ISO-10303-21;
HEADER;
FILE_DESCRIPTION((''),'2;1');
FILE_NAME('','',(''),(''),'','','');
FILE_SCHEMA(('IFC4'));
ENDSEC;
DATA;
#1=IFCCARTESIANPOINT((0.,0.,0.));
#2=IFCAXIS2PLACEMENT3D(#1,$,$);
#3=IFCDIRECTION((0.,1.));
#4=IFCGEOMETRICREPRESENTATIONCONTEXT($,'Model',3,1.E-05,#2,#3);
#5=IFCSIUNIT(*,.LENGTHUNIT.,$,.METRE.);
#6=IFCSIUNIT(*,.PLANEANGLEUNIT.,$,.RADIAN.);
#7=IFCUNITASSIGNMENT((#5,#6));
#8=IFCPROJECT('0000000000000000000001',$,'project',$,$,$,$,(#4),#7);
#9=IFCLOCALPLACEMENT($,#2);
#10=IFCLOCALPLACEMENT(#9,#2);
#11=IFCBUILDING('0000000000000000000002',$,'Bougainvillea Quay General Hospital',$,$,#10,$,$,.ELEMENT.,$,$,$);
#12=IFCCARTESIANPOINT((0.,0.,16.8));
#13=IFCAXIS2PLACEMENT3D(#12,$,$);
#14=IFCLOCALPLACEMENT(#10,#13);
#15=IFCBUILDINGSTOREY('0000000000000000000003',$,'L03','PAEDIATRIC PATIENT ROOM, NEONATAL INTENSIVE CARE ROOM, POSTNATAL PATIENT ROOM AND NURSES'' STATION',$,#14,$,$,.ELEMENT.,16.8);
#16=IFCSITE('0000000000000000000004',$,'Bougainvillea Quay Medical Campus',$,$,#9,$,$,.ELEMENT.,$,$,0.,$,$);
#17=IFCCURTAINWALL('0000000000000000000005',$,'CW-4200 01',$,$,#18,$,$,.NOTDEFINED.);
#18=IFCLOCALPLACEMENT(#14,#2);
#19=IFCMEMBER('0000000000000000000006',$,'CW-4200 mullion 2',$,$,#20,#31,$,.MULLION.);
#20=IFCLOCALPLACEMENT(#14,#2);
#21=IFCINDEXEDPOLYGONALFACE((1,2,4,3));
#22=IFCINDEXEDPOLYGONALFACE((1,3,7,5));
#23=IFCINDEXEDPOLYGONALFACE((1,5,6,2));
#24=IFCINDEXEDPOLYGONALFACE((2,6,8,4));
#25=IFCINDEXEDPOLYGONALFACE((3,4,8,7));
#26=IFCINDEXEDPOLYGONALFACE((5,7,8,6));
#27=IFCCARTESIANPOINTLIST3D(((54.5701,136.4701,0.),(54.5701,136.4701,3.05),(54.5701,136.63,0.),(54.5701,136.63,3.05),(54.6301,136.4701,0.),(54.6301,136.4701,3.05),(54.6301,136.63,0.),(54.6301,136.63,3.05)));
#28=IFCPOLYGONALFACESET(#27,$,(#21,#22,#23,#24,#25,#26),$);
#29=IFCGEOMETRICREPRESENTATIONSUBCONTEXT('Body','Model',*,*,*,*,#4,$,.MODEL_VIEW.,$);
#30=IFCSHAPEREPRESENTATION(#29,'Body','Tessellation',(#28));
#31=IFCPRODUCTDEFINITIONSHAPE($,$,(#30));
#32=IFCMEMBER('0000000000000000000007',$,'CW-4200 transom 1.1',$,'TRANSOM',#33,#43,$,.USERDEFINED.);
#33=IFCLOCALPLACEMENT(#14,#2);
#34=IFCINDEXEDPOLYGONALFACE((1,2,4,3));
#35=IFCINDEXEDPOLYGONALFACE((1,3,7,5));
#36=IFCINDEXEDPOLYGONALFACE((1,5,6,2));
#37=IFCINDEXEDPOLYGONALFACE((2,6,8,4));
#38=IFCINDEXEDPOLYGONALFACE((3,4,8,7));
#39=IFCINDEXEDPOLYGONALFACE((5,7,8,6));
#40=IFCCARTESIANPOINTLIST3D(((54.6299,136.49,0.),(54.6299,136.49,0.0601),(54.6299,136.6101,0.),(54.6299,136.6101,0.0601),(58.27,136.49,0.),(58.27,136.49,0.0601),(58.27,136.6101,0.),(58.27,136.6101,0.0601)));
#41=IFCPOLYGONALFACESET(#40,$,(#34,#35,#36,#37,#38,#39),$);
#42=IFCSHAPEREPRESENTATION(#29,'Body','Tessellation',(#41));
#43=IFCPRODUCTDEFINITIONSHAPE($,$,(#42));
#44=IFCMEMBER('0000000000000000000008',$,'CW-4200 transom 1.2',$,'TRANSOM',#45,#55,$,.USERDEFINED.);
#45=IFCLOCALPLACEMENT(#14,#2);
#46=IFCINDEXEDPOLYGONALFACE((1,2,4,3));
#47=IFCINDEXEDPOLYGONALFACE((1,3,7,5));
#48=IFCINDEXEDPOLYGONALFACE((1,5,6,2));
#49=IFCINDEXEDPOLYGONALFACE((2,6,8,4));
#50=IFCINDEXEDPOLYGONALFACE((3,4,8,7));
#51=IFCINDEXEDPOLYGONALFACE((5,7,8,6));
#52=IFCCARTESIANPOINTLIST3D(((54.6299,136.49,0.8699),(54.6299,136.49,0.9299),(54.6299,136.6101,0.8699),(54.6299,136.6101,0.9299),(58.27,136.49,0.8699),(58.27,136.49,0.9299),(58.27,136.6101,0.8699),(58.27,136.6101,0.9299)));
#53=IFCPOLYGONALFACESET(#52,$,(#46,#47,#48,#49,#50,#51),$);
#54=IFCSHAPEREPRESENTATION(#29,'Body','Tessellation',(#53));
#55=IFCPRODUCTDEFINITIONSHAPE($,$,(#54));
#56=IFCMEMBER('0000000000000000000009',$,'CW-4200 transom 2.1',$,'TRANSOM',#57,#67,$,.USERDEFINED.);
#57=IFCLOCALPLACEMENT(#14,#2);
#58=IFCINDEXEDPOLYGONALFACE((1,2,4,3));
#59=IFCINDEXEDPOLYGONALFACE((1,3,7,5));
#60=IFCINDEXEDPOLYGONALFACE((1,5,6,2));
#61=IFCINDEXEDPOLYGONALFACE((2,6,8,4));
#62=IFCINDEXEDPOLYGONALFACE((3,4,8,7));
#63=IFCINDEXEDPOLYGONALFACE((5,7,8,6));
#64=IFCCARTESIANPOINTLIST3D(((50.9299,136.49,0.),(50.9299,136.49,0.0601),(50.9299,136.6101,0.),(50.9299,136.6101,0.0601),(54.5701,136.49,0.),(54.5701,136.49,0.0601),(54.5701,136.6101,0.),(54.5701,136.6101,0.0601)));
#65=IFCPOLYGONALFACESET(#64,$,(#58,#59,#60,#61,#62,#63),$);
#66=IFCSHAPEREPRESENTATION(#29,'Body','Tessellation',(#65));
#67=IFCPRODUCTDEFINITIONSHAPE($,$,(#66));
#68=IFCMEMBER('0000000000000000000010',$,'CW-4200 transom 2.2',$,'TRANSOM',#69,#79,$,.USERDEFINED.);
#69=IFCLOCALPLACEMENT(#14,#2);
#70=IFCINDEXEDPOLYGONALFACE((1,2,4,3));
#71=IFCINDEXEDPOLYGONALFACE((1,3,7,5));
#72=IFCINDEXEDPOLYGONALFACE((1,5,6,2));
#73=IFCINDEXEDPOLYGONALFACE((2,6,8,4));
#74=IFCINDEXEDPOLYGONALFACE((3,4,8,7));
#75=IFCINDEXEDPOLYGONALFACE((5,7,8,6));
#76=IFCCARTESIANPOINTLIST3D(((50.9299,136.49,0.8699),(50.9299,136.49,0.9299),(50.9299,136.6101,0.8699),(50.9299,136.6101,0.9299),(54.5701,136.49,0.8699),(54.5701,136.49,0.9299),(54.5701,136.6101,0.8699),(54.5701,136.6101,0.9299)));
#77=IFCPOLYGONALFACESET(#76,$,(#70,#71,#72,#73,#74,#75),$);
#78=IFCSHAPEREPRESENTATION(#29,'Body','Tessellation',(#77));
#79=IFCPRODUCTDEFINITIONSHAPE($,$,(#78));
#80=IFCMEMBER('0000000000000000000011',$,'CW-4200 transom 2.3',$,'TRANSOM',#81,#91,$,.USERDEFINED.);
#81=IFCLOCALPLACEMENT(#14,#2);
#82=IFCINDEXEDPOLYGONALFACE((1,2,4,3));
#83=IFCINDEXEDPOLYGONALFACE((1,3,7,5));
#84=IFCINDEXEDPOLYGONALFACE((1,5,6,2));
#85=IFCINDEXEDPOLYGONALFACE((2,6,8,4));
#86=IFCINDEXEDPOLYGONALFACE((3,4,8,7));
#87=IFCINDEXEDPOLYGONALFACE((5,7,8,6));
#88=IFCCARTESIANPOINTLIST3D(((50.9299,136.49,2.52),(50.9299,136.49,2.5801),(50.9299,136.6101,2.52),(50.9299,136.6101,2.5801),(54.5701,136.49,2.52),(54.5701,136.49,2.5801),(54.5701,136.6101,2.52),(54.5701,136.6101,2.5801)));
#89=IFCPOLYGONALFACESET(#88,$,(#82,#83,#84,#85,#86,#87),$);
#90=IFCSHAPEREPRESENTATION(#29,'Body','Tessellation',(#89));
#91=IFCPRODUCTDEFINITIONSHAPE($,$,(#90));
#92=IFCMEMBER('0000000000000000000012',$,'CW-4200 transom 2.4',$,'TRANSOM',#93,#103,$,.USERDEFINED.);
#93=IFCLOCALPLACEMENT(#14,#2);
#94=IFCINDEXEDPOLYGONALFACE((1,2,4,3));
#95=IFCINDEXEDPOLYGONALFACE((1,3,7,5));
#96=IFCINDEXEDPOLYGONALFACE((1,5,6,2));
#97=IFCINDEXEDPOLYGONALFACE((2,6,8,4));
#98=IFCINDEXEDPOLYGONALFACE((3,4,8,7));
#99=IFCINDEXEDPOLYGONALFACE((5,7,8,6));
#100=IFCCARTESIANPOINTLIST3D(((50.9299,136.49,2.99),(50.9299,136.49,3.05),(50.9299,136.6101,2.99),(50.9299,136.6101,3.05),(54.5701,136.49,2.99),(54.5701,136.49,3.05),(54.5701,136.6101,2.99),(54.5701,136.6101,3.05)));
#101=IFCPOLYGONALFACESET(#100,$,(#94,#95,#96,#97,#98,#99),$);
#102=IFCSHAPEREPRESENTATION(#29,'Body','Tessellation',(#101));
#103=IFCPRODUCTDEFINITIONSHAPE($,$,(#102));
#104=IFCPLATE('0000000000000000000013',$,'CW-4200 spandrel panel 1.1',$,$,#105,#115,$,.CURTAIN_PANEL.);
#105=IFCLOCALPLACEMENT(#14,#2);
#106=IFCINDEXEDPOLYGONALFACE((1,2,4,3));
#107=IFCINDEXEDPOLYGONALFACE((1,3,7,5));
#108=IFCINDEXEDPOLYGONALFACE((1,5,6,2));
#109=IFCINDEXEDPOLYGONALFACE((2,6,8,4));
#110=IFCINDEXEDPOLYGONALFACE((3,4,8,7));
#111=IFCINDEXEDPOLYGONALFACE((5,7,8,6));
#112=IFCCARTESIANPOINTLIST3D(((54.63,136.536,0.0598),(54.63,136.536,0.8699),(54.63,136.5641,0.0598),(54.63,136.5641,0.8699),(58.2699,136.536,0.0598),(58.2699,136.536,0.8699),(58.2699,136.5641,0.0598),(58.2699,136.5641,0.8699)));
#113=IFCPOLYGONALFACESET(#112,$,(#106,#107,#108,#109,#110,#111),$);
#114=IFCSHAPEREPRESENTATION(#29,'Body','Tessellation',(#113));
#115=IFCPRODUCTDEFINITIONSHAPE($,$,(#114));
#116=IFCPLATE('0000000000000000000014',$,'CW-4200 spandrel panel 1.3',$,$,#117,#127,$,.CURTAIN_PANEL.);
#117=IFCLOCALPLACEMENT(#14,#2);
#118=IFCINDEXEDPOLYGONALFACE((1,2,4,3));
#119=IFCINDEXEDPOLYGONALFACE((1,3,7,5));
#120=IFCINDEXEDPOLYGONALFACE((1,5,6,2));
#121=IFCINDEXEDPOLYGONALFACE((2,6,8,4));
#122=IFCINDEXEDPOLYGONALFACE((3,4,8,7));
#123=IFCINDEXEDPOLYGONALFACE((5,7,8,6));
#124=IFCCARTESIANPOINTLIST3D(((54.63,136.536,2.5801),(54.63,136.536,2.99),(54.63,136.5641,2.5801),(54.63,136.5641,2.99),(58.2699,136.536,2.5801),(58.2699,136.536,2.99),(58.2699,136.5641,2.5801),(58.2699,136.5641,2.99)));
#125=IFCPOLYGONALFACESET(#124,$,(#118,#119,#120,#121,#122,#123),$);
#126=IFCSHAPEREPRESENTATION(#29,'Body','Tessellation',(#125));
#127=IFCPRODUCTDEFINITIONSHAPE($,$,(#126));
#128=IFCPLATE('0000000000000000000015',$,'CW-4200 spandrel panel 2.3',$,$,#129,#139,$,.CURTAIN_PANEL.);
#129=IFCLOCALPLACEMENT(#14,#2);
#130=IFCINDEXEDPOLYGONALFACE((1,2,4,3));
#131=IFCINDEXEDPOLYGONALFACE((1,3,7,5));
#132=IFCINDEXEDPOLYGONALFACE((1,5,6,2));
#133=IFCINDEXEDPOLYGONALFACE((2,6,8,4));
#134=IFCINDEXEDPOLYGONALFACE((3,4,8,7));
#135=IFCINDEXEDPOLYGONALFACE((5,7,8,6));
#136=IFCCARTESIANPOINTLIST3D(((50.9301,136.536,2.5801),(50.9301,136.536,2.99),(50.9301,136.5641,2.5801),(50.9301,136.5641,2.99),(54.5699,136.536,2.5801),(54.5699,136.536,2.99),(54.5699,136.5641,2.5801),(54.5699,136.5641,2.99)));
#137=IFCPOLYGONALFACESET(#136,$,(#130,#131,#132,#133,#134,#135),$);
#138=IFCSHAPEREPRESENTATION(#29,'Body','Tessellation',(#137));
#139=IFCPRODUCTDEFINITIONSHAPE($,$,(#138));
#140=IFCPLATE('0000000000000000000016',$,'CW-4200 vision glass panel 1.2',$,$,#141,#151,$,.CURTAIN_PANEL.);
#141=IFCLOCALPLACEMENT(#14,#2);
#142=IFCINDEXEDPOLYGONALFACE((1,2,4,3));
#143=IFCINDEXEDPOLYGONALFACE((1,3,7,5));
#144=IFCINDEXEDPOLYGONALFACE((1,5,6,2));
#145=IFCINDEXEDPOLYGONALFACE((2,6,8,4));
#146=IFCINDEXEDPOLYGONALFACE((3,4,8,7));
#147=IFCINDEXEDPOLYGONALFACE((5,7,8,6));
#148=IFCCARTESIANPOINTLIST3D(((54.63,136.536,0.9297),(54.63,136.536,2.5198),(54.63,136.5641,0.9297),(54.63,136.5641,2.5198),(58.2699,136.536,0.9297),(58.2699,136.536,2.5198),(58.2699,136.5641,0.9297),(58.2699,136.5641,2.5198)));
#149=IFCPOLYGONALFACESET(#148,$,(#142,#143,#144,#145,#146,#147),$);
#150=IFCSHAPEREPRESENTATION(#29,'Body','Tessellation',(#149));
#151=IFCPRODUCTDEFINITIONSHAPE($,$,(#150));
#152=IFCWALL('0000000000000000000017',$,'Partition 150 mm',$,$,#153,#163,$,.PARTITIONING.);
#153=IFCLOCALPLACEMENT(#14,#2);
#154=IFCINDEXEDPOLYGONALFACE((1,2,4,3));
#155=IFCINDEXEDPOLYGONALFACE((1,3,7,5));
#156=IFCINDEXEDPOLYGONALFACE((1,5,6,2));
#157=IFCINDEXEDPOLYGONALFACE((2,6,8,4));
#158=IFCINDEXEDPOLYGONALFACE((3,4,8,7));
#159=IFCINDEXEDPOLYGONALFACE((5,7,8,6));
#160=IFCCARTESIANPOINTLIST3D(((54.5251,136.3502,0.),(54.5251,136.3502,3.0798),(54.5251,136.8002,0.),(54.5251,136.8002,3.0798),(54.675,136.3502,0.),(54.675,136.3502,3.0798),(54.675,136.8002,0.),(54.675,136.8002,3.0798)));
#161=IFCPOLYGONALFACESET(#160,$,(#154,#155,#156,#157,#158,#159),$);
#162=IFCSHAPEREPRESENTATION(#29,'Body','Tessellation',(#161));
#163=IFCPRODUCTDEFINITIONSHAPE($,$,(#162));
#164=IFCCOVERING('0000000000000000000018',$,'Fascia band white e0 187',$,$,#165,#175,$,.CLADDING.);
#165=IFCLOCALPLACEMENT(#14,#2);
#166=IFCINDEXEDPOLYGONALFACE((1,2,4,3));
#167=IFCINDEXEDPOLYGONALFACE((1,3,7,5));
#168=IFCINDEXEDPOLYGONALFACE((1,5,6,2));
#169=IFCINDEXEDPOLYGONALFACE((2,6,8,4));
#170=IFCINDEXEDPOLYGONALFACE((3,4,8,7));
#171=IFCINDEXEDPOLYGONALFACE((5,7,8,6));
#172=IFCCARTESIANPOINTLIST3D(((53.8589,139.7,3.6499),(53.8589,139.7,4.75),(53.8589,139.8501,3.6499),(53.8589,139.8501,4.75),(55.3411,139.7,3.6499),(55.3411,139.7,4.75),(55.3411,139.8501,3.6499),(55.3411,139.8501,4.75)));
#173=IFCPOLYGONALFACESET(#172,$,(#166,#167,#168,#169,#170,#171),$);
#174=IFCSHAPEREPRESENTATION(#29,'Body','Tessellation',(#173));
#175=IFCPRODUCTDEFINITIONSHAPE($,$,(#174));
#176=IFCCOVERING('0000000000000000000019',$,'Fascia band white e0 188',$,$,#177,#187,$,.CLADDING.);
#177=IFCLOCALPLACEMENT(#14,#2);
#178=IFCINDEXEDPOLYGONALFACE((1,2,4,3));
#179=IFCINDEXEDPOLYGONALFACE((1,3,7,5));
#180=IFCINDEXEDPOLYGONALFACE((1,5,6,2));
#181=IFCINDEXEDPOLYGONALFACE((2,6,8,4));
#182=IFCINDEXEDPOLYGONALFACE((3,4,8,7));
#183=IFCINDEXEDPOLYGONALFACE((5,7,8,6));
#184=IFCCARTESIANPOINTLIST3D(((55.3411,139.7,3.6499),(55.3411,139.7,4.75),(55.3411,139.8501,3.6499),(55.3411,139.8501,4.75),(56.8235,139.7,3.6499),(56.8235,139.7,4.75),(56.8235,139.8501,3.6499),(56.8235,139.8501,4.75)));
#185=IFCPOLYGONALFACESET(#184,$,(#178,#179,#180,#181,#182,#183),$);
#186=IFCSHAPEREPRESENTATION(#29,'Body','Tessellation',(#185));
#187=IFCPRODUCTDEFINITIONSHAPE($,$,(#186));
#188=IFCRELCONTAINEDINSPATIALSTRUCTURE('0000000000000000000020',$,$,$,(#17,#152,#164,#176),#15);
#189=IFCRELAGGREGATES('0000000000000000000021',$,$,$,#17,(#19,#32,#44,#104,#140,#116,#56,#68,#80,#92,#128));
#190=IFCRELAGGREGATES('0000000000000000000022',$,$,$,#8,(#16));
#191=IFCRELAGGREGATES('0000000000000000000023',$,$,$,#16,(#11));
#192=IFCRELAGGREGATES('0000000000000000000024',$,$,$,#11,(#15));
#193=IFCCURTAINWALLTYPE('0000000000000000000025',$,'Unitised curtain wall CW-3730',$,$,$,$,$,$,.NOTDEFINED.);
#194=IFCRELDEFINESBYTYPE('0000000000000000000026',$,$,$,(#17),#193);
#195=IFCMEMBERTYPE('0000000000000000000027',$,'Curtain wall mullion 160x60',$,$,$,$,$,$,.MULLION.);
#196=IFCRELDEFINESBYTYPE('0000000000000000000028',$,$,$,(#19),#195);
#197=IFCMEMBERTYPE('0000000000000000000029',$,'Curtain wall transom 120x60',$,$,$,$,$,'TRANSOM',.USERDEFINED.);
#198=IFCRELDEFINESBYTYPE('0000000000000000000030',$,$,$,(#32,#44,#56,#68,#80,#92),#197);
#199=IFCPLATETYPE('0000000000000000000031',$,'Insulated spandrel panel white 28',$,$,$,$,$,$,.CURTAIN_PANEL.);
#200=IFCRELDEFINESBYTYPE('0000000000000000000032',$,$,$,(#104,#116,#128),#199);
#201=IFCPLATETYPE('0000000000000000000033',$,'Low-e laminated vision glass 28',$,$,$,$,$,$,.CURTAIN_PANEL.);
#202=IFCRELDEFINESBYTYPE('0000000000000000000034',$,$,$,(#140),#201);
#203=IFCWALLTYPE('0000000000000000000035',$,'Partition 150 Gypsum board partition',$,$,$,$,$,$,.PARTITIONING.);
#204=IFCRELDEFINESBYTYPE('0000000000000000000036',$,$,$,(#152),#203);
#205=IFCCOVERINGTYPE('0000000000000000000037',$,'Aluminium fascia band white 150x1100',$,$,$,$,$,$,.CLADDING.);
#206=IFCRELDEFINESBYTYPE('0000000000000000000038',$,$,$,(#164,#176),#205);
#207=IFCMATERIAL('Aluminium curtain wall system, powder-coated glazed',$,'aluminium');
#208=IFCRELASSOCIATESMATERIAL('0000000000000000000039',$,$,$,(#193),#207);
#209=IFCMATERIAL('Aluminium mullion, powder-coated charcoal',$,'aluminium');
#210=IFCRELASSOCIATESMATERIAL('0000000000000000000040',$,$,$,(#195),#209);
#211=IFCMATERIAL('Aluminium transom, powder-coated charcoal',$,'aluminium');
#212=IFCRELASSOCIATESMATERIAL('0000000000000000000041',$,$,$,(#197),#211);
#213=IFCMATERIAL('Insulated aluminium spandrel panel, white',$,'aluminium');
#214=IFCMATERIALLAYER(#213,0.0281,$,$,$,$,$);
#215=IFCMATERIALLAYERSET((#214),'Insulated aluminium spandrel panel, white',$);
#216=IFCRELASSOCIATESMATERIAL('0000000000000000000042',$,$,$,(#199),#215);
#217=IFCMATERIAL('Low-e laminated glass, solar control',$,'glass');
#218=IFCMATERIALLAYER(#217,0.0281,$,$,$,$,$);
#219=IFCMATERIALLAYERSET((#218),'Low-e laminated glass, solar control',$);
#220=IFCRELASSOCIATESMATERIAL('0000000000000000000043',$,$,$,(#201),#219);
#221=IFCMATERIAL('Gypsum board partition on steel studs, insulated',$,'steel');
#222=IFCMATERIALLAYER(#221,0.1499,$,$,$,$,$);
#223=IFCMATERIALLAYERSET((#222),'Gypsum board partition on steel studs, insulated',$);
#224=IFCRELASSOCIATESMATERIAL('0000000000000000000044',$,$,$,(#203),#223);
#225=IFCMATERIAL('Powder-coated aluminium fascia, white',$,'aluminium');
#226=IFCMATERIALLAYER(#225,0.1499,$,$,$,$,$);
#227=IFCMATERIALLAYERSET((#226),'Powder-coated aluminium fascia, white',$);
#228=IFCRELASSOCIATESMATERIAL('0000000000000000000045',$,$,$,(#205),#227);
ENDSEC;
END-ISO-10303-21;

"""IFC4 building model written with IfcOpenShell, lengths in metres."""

from ifc_helpers import new_model, si_unit, direction, frame, frame_2d, origin, origin_2d, place, context, subcontext, project, spatial, polyline, rectangle, outline, extrude, material, layer, layer_set, material_profile, profile_set, type_object, element, aggregate, save


model = new_model("IFC4")

# Units and contexts
model_context = context("Model", 3, precision=1e-05, world=origin(), true_north=direction((0.0, 1.0)))
body_context = subcontext(model_context, "Body", "Model", "MODEL_VIEW")
ifc_project = project(units=[si_unit("LENGTHUNIT", "METRE"), si_unit("PLANEANGLEUNIT", "RADIAN")], contexts=[model_context])

# Site, building, storey
site_placement = place(None, origin())
site = spatial("IfcSite", under=ifc_project, at=site_placement, Name="Bougainvillea Quay Medical Campus", CompositionType="ELEMENT", RefElevation=0.0)
building_placement = place(site_placement, origin())
building = spatial("IfcBuilding", under=site, at=building_placement, Name="Bougainvillea Quay General Hospital", CompositionType="ELEMENT")
storey_placement = place(building_placement, frame((0.0, 0.0, 16.8)))
storey = spatial("IfcBuildingStorey", under=building, at=storey_placement, Name="L03", Description="PAEDIATRIC PATIENT ROOM, NEONATAL INTENSIVE CARE ROOM, POSTNATAL PATIENT ROOM AND NURSES' STATION", CompositionType="ELEMENT", Elevation=16.8)

# Curtain wall, members, plates
ifc_material_1 = material(Name="Aluminium curtain wall system, powder-coated glazed", Category="aluminium")
curtain_wall_type = type_object("IfcCurtainWallType", Name="Unitised curtain wall CW-3730", PredefinedType="NOTDEFINED", material=ifc_material_1)
curtain_wall_placement = place(storey_placement, origin())
curtain_wall = element("IfcCurtainWall", 1, at=curtain_wall_placement, inside=storey, type_object=curtain_wall_type, Name="CW-4200 01", PredefinedType="NOTDEFINED")
ifc_material_2 = material(Name="Aluminium mullion, powder-coated charcoal", Category="aluminium")
ifc_material_profile_1 = material_profile(ifc_material_2, rectangle(XDim=0.1599, YDim=0.0601, at=origin_2d()))
ifc_profile_set_1 = profile_set([ifc_material_profile_1], Name="Aluminium mullion, powder-coated charcoal")
member_type_1 = type_object("IfcMemberType", Name="Curtain wall mullion 160x60", PredefinedType="MULLION", material=ifc_profile_set_1)
member_1_placement = place(storey_placement, frame((54.6001, 136.55, 0.0), z_axis=(0.0, 0.0, 1.0), x_axis=(0.0, -1.0, 0.0)))
member_1 = element("IfcMember", 2, at=member_1_placement, type_object=member_type_1, Name="CW-4200 mullion 2", PredefinedType="MULLION", context=body_context, shape_type="SweptSolid", body=[
    extrude(rectangle(XDim=0.1599, YDim=0.0601, at=origin_2d()), origin(), (0.0, 0.0, 1.0), 3.05),
])
ifc_material_3 = material(Name="Aluminium transom, powder-coated charcoal", Category="aluminium")
ifc_material_profile_2 = material_profile(ifc_material_3, rectangle(XDim=0.1201, YDim=0.0601, at=origin_2d()))
ifc_profile_set_2 = profile_set([ifc_material_profile_2], Name="Aluminium transom, powder-coated charcoal")
member_type_2 = type_object("IfcMemberType", Name="Curtain wall transom 120x60", ElementType="TRANSOM", PredefinedType="USERDEFINED", material=ifc_profile_set_2)
member_2_placement = place(storey_placement, frame((58.27, 136.55, 0.03), z_axis=(-1.0, 0.0, 0.0), x_axis=(0.0, -1.0, 0.0)))
member_2 = element("IfcMember", 3, at=member_2_placement, type_object=member_type_2, Name="CW-4200 transom 1.1", ObjectType="TRANSOM", PredefinedType="USERDEFINED", context=body_context, shape_type="SweptSolid", body=[
    extrude(rectangle(XDim=0.1201, YDim=0.0601, at=origin_2d()), origin(), (0.0, 0.0, 1.0), 3.6401),
])
member_3_placement = place(storey_placement, frame((58.27, 136.55, 0.8999), z_axis=(-1.0, 0.0, 0.0), x_axis=(0.0, -1.0, 0.0)))
member_3 = element("IfcMember", 4, at=member_3_placement, type_object=member_type_2, Name="CW-4200 transom 1.2", ObjectType="TRANSOM", PredefinedType="USERDEFINED", context=body_context, shape_type="SweptSolid", body=[
    extrude(rectangle(XDim=0.1201, YDim=0.0601, at=origin_2d()), origin(), (0.0, 0.0, 1.0), 3.6401),
])
member_4_placement = place(storey_placement, frame((54.5701, 136.55, 0.03), z_axis=(-1.0, 0.0, 0.0), x_axis=(0.0, -1.0, 0.0)))
member_4 = element("IfcMember", 5, at=member_4_placement, type_object=member_type_2, Name="CW-4200 transom 2.1", ObjectType="TRANSOM", PredefinedType="USERDEFINED", context=body_context, shape_type="SweptSolid", body=[
    extrude(rectangle(XDim=0.1201, YDim=0.0601, at=origin_2d()), origin(), (0.0, 0.0, 1.0), 3.6401),
])
member_5_placement = place(storey_placement, frame((54.5701, 136.55, 0.8999), z_axis=(-1.0, 0.0, 0.0), x_axis=(0.0, -1.0, 0.0)))
member_5 = element("IfcMember", 6, at=member_5_placement, type_object=member_type_2, Name="CW-4200 transom 2.2", ObjectType="TRANSOM", PredefinedType="USERDEFINED", context=body_context, shape_type="SweptSolid", body=[
    extrude(rectangle(XDim=0.1201, YDim=0.0601, at=origin_2d()), origin(), (0.0, 0.0, 1.0), 3.6401),
])
member_6_placement = place(storey_placement, frame((54.5701, 136.55, 2.55), z_axis=(-1.0, 0.0, 0.0), x_axis=(0.0, -1.0, 0.0)))
member_6 = element("IfcMember", 7, at=member_6_placement, type_object=member_type_2, Name="CW-4200 transom 2.3", ObjectType="TRANSOM", PredefinedType="USERDEFINED", context=body_context, shape_type="SweptSolid", body=[
    extrude(rectangle(XDim=0.1201, YDim=0.0601, at=origin_2d()), origin(), (0.0, 0.0, 1.0), 3.6401),
])
member_7_placement = place(storey_placement, frame((54.5701, 136.55, 3.02), z_axis=(-1.0, 0.0, 0.0), x_axis=(0.0, -1.0, 0.0)))
member_7 = element("IfcMember", 8, at=member_7_placement, type_object=member_type_2, Name="CW-4200 transom 2.4", ObjectType="TRANSOM", PredefinedType="USERDEFINED", context=body_context, shape_type="SweptSolid", body=[
    extrude(rectangle(XDim=0.1201, YDim=0.0601, at=origin_2d()), origin(), (0.0, 0.0, 1.0), 3.6401),
])
ifc_material_4 = material(Name="Insulated aluminium spandrel panel, white", Category="aluminium")
ifc_layer_1 = layer(ifc_material_4, 0.0281)
ifc_layer_set_1 = layer_set([ifc_layer_1], Name="Insulated aluminium spandrel panel, white")
plate_type_1 = type_object("IfcPlateType", Name="Insulated spandrel panel white 28", PredefinedType="CURTAIN_PANEL", material=ifc_layer_set_1)
plate_1_placement = place(storey_placement, frame((56.45, 136.55, 0.0598), z_axis=(0.0, 0.0, 1.0), x_axis=(-1.0, 0.0, 0.0)))
plate_1 = element("IfcPlate", 9, at=plate_1_placement, type_object=plate_type_1, Name="CW-4200 spandrel panel 1.1", PredefinedType="CURTAIN_PANEL", context=body_context, shape_type="SweptSolid", body=[
    extrude(rectangle(XDim=3.6399, YDim=0.0281, at=origin_2d()), origin(), (0.0, 0.0, 1.0), 0.8101),
])
plate_2_placement = place(storey_placement, frame((56.45, 136.55, 2.5801), z_axis=(0.0, 0.0, 1.0), x_axis=(-1.0, 0.0, 0.0)))
plate_2 = element("IfcPlate", 10, at=plate_2_placement, type_object=plate_type_1, Name="CW-4200 spandrel panel 1.3", PredefinedType="CURTAIN_PANEL", context=body_context, shape_type="SweptSolid", body=[
    extrude(rectangle(XDim=3.6399, YDim=0.0281, at=origin_2d()), origin(), (0.0, 0.0, 1.0), 0.4099),
])
plate_3_placement = place(storey_placement, frame((52.75, 136.55, 2.5801), z_axis=(0.0, 0.0, 1.0), x_axis=(-1.0, 0.0, 0.0)))
plate_3 = element("IfcPlate", 11, at=plate_3_placement, type_object=plate_type_1, Name="CW-4200 spandrel panel 2.3", PredefinedType="CURTAIN_PANEL", context=body_context, shape_type="SweptSolid", body=[
    extrude(rectangle(XDim=3.6399, YDim=0.0281, at=origin_2d()), origin(), (0.0, 0.0, 1.0), 0.4099),
])
ifc_material_5 = material(Name="Low-e laminated glass, solar control", Category="glass")
ifc_layer_2 = layer(ifc_material_5, 0.0281)
ifc_layer_set_2 = layer_set([ifc_layer_2], Name="Low-e laminated glass, solar control")
plate_type_2 = type_object("IfcPlateType", Name="Low-e laminated vision glass 28", PredefinedType="CURTAIN_PANEL", material=ifc_layer_set_2)
plate_4_placement = place(storey_placement, frame((56.45, 136.55, 0.9297), z_axis=(0.0, 0.0, 1.0), x_axis=(-1.0, 0.0, 0.0)))
plate_4 = element("IfcPlate", 12, at=plate_4_placement, type_object=plate_type_2, Name="CW-4200 vision glass panel 1.2", PredefinedType="CURTAIN_PANEL", context=body_context, shape_type="SweptSolid", body=[
    extrude(rectangle(XDim=3.6399, YDim=0.0281, at=origin_2d()), origin(), (0.0, 0.0, 1.0), 1.5901),
])
aggregate(curtain_wall, [member_1, member_2, member_3, plate_1, plate_4, plate_2, member_4, member_5, member_6, member_7, plate_3])

# Wall
ifc_material_6 = material(Name="Gypsum board partition on steel studs, insulated", Category="steel")
ifc_layer_3 = layer(ifc_material_6, 0.1499)
ifc_layer_set_3 = layer_set([ifc_layer_3], Name="Gypsum board partition on steel studs, insulated")
wall_type = type_object("IfcWallType", Name="Partition 150 Gypsum board partition", PredefinedType="PARTITIONING", material=ifc_layer_set_3)
wall_placement = place(storey_placement, frame((54.6001, 136.3501, 0.0), z_axis=(0.0, 0.0, 1.0), x_axis=(0.0, 1.0, 0.0)))
element("IfcWall", 13, at=wall_placement, inside=storey, type_object=wall_type, Name="Partition 150 mm", PredefinedType="PARTITIONING", context=body_context, shape_type="SweptSolid", body=[
    extrude(rectangle(XDim=0.45, YDim=0.1499, at=frame_2d((0.2251, 0.0))), origin(), (0.0, 0.0, 1.0), 3.0798),
])

# Coverings
ifc_material_7 = material(Name="Powder-coated aluminium fascia, white", Category="aluminium")
ifc_layer_4 = layer(ifc_material_7, 0.1499)
ifc_layer_set_4 = layer_set([ifc_layer_4], Name="Powder-coated aluminium fascia, white")
covering_type = type_object("IfcCoveringType", Name="Aluminium fascia band white 150x1100", PredefinedType="CLADDING", material=ifc_layer_set_4)
covering_1_placement = place(storey_placement, frame((53.8589, 139.8501, 3.6499), z_axis=(0.0, 0.0, 1.0), x_axis=(1.0, 0.0, 0.0)))
element("IfcCovering", 14, at=covering_1_placement, inside=storey, type_object=covering_type, Name="Fascia band white e0 187", PredefinedType="CLADDING", context=body_context, shape_type="SweptSolid", body=[
    extrude(outline(polyline([(0.0, 0.0), (1.4822, 0.0), (1.4822, -0.1501), (0.0, -0.1501), (0.0, 0.0)])), origin(), (0.0, 0.0, 1.0), 1.1001),
])
for number, where, z_axis, x_axis, name in (
    (15, (55.3411, 139.8501, 3.6499), (0.0, 0.0, 1.0), (1.0, 0.0, 0.0), "Fascia band white e0 188"),
):
    element("IfcCovering", number, at=place(storey_placement, frame(where, z_axis=z_axis, x_axis=x_axis)), inside=storey, type_object=covering_type, Name=name, PredefinedType="CLADDING", context=body_context, shape_type="SweptSolid", body=[
        extrude(outline(polyline([(0.0, 0.0), (1.4824, 0.0), (1.4824, -0.1501), (0.0, -0.1501), (0.0, 0.0)])), origin(), (0.0, 0.0, 1.0), 1.1001),
    ])

save(model, "model.ifc")
